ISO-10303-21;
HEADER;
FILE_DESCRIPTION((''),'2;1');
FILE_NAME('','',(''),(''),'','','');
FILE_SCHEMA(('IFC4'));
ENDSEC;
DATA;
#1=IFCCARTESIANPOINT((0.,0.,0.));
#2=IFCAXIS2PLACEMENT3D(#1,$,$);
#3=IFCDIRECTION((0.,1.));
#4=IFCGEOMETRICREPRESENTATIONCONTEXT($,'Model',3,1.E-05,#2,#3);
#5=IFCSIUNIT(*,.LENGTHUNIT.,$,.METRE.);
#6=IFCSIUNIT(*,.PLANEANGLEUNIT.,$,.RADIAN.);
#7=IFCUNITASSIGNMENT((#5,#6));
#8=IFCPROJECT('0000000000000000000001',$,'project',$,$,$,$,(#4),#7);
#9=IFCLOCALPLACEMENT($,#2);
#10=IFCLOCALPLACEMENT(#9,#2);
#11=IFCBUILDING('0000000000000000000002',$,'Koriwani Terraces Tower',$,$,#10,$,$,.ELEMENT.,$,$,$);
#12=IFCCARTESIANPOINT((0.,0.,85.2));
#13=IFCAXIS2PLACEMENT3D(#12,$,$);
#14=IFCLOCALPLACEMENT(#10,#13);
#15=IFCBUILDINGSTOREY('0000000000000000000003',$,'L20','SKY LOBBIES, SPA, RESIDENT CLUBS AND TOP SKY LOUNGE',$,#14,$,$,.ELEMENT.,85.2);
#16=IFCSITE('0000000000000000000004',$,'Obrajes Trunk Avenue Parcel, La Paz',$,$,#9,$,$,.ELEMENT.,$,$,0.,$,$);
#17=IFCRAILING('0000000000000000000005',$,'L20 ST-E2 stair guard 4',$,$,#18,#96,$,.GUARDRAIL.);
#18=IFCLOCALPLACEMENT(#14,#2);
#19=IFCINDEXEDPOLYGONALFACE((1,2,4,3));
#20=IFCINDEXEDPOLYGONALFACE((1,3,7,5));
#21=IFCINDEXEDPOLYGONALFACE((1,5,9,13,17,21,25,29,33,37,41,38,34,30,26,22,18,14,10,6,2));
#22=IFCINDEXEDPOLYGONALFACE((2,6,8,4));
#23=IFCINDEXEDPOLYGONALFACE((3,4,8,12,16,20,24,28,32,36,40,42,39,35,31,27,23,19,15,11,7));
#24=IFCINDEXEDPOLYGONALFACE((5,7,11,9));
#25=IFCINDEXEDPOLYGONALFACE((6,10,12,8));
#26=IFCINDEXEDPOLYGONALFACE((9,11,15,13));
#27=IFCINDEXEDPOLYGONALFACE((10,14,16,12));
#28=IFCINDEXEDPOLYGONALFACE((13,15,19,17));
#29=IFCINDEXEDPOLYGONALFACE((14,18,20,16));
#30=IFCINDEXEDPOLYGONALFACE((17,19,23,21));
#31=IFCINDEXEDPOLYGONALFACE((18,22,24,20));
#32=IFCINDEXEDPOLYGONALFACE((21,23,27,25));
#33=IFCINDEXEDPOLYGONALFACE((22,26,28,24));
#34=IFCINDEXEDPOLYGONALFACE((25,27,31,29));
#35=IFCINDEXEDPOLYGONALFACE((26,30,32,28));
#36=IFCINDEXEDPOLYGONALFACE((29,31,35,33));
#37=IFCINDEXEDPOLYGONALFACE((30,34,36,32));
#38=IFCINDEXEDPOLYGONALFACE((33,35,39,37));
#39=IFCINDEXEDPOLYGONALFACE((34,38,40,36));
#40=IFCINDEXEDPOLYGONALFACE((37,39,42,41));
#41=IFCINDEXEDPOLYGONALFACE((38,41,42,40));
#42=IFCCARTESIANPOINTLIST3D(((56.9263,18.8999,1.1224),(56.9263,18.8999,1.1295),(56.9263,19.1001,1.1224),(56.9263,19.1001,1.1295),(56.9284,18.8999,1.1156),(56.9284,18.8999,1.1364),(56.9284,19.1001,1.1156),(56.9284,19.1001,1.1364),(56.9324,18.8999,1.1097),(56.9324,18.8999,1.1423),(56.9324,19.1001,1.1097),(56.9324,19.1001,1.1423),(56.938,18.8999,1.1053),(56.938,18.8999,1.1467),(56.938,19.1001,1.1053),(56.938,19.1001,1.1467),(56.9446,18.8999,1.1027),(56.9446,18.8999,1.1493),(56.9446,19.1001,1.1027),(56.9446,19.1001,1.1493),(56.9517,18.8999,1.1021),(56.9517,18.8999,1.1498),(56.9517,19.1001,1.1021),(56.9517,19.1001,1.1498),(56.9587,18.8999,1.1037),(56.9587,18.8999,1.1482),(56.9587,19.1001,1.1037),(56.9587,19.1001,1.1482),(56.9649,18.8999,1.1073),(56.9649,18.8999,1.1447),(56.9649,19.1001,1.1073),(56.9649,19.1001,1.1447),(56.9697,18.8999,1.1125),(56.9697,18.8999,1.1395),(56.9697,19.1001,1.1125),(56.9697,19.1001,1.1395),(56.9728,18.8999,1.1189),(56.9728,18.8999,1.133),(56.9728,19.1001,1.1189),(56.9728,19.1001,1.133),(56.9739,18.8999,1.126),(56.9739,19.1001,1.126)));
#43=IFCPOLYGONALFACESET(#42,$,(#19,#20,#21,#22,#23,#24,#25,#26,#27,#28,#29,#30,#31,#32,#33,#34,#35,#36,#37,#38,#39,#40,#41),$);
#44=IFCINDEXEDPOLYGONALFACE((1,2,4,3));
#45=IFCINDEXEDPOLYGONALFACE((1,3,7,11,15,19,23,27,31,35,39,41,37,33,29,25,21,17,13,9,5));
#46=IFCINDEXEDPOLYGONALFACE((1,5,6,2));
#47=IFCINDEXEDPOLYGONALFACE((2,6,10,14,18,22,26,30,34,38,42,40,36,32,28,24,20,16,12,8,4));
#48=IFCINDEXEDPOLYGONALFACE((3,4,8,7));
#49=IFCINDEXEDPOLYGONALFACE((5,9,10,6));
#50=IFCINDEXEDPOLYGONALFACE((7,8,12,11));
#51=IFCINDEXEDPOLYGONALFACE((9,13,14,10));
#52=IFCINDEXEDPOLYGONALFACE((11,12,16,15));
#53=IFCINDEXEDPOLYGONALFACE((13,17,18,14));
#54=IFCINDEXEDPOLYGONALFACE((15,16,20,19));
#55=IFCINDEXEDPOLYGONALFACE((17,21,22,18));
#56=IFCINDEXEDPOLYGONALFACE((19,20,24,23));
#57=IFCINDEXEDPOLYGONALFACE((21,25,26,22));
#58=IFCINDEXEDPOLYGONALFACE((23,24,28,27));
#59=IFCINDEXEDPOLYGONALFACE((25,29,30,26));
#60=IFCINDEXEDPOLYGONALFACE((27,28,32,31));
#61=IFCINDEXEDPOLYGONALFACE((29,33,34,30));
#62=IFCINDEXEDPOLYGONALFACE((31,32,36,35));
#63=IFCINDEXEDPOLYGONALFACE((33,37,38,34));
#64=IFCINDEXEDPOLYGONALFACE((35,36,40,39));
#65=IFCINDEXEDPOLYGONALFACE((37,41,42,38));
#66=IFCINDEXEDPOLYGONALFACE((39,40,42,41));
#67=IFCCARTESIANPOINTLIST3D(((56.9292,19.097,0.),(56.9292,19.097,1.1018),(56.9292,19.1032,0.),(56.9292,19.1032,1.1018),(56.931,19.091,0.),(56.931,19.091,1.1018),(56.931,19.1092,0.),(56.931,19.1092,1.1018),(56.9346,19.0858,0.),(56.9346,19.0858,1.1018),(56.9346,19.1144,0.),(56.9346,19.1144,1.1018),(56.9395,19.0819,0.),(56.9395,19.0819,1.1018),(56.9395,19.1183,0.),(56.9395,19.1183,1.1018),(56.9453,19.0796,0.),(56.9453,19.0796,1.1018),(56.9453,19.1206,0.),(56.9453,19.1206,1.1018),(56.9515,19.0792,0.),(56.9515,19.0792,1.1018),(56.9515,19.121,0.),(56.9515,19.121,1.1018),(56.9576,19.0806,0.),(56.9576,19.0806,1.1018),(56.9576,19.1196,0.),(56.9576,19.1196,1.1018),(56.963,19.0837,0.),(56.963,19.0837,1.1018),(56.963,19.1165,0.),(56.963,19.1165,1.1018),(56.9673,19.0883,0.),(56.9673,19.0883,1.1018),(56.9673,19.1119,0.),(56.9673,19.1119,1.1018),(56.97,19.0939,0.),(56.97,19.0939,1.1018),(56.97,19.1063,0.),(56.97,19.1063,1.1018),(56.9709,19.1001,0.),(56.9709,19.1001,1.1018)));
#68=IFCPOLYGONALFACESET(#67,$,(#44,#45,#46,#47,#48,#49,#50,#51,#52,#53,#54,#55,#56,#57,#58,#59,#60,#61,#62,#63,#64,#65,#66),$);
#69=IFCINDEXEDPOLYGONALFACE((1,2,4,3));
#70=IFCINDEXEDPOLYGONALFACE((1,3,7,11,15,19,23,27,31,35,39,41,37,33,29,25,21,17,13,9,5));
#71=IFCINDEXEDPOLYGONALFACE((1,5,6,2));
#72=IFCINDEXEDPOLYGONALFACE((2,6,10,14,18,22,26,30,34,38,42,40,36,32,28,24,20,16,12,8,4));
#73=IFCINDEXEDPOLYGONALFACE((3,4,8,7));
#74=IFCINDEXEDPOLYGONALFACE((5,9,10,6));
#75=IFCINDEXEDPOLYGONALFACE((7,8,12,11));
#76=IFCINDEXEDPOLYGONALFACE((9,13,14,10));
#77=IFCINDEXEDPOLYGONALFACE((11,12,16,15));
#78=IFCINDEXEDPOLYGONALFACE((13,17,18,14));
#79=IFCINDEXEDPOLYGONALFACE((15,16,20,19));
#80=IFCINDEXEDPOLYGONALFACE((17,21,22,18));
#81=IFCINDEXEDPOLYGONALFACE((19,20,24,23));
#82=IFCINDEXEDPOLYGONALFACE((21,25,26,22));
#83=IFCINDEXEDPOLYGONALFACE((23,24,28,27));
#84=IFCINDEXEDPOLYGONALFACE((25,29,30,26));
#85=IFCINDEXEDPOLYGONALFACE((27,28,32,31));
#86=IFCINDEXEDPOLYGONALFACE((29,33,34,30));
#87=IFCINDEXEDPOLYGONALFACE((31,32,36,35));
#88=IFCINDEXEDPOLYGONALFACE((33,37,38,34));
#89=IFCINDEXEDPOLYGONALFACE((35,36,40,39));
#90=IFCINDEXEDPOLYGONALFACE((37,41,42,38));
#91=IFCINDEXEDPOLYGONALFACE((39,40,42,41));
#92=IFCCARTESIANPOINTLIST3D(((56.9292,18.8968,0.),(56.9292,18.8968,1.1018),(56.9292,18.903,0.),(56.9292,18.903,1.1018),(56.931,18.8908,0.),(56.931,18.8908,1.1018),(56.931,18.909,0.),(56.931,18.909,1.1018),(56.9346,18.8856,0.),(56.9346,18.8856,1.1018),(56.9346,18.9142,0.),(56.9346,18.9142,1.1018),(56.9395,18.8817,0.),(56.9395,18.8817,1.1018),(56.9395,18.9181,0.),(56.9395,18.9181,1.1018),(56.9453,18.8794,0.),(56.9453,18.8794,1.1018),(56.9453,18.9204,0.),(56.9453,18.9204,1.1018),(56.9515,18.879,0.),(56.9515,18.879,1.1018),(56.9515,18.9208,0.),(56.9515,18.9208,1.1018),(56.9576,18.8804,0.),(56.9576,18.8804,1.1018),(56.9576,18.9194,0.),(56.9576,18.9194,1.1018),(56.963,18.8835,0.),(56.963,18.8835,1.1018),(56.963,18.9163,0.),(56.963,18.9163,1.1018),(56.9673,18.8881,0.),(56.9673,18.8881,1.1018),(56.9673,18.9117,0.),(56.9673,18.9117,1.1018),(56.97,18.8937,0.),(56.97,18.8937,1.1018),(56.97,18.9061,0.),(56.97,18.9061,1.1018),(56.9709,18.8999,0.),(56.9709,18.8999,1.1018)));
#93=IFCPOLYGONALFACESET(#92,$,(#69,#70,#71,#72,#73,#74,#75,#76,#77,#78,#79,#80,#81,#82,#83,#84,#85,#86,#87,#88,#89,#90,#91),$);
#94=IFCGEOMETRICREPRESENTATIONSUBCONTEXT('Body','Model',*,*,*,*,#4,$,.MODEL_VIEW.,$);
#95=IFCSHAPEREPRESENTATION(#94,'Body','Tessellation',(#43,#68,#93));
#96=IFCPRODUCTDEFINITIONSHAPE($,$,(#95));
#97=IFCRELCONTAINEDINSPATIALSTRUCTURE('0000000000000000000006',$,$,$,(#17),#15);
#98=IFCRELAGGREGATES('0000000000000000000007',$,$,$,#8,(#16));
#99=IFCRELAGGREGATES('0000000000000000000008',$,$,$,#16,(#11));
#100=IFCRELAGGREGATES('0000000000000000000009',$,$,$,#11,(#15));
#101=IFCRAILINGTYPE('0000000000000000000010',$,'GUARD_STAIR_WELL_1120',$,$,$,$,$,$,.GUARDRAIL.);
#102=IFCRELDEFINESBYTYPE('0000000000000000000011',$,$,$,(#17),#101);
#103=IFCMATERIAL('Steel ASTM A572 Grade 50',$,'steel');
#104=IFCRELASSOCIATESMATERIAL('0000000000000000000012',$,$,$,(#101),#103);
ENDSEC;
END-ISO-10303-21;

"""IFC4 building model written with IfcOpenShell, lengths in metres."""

from ifc_helpers import new_model, si_unit, direction, frame, origin, origin_2d, place, context, subcontext, project, spatial, circle, extrude, material, type_object, element, save


model = new_model("IFC4")

# Units and contexts
model_context = context("Model", 3, precision=1e-05, world=origin(), true_north=direction((0.0, 1.0)))
body_context = subcontext(model_context, "Body", "Model", "MODEL_VIEW")
ifc_project = project(units=[si_unit("LENGTHUNIT", "METRE"), si_unit("PLANEANGLEUNIT", "RADIAN")], contexts=[model_context])

# Site, building, storey
site_placement = place(None, origin())
site = spatial("IfcSite", under=ifc_project, at=site_placement, Name="Obrajes Trunk Avenue Parcel, La Paz", CompositionType="ELEMENT", RefElevation=0.0)
building_placement = place(site_placement, origin())
building = spatial("IfcBuilding", under=site, at=building_placement, Name="Koriwani Terraces Tower", CompositionType="ELEMENT")
storey_placement = place(building_placement, frame((0.0, 0.0, 85.2)))
storey = spatial("IfcBuildingStorey", under=building, at=storey_placement, Name="L20", Description="SKY LOBBIES, SPA, RESIDENT CLUBS AND TOP SKY LOUNGE", CompositionType="ELEMENT", Elevation=85.2)

# Shared definitions
ifc_material_1 = material(Name="Steel ASTM A572 Grade 50", Category="steel")

# Railing
railing_type_1 = type_object("IfcRailingType", Name="GUARD_STAIR_WELL_1120", PredefinedType="GUARDRAIL", material=ifc_material_1)
railing_1_placement = place(storey_placement, frame((56.95, 19.1001, 0.0)))
element("IfcRailing", 1, at=railing_1_placement, inside=storey, type_object=railing_type_1, Name="L20 ST-E2 stair guard 4", PredefinedType="GUARDRAIL", context=body_context, shape_type="SweptSolid", body=[
    extrude(circle(Radius=0.0239, at=origin_2d()), frame((0.0, 0.0, 1.126), z_axis=(0.0, -1.0, 0.0), x_axis=(1.0, 0.0, 0.0)), (0.0, 0.0, 1.0), 0.2002),
    extrude(circle(Radius=0.021, at=origin_2d()), origin(), (0.0, 0.0, 1.0), 1.1018),
    extrude(circle(Radius=0.021, at=origin_2d()), frame((0.0, -0.2002, 0.0)), (0.0, 0.0, 1.0), 1.1018),
])

save(model, "model.ifc")
